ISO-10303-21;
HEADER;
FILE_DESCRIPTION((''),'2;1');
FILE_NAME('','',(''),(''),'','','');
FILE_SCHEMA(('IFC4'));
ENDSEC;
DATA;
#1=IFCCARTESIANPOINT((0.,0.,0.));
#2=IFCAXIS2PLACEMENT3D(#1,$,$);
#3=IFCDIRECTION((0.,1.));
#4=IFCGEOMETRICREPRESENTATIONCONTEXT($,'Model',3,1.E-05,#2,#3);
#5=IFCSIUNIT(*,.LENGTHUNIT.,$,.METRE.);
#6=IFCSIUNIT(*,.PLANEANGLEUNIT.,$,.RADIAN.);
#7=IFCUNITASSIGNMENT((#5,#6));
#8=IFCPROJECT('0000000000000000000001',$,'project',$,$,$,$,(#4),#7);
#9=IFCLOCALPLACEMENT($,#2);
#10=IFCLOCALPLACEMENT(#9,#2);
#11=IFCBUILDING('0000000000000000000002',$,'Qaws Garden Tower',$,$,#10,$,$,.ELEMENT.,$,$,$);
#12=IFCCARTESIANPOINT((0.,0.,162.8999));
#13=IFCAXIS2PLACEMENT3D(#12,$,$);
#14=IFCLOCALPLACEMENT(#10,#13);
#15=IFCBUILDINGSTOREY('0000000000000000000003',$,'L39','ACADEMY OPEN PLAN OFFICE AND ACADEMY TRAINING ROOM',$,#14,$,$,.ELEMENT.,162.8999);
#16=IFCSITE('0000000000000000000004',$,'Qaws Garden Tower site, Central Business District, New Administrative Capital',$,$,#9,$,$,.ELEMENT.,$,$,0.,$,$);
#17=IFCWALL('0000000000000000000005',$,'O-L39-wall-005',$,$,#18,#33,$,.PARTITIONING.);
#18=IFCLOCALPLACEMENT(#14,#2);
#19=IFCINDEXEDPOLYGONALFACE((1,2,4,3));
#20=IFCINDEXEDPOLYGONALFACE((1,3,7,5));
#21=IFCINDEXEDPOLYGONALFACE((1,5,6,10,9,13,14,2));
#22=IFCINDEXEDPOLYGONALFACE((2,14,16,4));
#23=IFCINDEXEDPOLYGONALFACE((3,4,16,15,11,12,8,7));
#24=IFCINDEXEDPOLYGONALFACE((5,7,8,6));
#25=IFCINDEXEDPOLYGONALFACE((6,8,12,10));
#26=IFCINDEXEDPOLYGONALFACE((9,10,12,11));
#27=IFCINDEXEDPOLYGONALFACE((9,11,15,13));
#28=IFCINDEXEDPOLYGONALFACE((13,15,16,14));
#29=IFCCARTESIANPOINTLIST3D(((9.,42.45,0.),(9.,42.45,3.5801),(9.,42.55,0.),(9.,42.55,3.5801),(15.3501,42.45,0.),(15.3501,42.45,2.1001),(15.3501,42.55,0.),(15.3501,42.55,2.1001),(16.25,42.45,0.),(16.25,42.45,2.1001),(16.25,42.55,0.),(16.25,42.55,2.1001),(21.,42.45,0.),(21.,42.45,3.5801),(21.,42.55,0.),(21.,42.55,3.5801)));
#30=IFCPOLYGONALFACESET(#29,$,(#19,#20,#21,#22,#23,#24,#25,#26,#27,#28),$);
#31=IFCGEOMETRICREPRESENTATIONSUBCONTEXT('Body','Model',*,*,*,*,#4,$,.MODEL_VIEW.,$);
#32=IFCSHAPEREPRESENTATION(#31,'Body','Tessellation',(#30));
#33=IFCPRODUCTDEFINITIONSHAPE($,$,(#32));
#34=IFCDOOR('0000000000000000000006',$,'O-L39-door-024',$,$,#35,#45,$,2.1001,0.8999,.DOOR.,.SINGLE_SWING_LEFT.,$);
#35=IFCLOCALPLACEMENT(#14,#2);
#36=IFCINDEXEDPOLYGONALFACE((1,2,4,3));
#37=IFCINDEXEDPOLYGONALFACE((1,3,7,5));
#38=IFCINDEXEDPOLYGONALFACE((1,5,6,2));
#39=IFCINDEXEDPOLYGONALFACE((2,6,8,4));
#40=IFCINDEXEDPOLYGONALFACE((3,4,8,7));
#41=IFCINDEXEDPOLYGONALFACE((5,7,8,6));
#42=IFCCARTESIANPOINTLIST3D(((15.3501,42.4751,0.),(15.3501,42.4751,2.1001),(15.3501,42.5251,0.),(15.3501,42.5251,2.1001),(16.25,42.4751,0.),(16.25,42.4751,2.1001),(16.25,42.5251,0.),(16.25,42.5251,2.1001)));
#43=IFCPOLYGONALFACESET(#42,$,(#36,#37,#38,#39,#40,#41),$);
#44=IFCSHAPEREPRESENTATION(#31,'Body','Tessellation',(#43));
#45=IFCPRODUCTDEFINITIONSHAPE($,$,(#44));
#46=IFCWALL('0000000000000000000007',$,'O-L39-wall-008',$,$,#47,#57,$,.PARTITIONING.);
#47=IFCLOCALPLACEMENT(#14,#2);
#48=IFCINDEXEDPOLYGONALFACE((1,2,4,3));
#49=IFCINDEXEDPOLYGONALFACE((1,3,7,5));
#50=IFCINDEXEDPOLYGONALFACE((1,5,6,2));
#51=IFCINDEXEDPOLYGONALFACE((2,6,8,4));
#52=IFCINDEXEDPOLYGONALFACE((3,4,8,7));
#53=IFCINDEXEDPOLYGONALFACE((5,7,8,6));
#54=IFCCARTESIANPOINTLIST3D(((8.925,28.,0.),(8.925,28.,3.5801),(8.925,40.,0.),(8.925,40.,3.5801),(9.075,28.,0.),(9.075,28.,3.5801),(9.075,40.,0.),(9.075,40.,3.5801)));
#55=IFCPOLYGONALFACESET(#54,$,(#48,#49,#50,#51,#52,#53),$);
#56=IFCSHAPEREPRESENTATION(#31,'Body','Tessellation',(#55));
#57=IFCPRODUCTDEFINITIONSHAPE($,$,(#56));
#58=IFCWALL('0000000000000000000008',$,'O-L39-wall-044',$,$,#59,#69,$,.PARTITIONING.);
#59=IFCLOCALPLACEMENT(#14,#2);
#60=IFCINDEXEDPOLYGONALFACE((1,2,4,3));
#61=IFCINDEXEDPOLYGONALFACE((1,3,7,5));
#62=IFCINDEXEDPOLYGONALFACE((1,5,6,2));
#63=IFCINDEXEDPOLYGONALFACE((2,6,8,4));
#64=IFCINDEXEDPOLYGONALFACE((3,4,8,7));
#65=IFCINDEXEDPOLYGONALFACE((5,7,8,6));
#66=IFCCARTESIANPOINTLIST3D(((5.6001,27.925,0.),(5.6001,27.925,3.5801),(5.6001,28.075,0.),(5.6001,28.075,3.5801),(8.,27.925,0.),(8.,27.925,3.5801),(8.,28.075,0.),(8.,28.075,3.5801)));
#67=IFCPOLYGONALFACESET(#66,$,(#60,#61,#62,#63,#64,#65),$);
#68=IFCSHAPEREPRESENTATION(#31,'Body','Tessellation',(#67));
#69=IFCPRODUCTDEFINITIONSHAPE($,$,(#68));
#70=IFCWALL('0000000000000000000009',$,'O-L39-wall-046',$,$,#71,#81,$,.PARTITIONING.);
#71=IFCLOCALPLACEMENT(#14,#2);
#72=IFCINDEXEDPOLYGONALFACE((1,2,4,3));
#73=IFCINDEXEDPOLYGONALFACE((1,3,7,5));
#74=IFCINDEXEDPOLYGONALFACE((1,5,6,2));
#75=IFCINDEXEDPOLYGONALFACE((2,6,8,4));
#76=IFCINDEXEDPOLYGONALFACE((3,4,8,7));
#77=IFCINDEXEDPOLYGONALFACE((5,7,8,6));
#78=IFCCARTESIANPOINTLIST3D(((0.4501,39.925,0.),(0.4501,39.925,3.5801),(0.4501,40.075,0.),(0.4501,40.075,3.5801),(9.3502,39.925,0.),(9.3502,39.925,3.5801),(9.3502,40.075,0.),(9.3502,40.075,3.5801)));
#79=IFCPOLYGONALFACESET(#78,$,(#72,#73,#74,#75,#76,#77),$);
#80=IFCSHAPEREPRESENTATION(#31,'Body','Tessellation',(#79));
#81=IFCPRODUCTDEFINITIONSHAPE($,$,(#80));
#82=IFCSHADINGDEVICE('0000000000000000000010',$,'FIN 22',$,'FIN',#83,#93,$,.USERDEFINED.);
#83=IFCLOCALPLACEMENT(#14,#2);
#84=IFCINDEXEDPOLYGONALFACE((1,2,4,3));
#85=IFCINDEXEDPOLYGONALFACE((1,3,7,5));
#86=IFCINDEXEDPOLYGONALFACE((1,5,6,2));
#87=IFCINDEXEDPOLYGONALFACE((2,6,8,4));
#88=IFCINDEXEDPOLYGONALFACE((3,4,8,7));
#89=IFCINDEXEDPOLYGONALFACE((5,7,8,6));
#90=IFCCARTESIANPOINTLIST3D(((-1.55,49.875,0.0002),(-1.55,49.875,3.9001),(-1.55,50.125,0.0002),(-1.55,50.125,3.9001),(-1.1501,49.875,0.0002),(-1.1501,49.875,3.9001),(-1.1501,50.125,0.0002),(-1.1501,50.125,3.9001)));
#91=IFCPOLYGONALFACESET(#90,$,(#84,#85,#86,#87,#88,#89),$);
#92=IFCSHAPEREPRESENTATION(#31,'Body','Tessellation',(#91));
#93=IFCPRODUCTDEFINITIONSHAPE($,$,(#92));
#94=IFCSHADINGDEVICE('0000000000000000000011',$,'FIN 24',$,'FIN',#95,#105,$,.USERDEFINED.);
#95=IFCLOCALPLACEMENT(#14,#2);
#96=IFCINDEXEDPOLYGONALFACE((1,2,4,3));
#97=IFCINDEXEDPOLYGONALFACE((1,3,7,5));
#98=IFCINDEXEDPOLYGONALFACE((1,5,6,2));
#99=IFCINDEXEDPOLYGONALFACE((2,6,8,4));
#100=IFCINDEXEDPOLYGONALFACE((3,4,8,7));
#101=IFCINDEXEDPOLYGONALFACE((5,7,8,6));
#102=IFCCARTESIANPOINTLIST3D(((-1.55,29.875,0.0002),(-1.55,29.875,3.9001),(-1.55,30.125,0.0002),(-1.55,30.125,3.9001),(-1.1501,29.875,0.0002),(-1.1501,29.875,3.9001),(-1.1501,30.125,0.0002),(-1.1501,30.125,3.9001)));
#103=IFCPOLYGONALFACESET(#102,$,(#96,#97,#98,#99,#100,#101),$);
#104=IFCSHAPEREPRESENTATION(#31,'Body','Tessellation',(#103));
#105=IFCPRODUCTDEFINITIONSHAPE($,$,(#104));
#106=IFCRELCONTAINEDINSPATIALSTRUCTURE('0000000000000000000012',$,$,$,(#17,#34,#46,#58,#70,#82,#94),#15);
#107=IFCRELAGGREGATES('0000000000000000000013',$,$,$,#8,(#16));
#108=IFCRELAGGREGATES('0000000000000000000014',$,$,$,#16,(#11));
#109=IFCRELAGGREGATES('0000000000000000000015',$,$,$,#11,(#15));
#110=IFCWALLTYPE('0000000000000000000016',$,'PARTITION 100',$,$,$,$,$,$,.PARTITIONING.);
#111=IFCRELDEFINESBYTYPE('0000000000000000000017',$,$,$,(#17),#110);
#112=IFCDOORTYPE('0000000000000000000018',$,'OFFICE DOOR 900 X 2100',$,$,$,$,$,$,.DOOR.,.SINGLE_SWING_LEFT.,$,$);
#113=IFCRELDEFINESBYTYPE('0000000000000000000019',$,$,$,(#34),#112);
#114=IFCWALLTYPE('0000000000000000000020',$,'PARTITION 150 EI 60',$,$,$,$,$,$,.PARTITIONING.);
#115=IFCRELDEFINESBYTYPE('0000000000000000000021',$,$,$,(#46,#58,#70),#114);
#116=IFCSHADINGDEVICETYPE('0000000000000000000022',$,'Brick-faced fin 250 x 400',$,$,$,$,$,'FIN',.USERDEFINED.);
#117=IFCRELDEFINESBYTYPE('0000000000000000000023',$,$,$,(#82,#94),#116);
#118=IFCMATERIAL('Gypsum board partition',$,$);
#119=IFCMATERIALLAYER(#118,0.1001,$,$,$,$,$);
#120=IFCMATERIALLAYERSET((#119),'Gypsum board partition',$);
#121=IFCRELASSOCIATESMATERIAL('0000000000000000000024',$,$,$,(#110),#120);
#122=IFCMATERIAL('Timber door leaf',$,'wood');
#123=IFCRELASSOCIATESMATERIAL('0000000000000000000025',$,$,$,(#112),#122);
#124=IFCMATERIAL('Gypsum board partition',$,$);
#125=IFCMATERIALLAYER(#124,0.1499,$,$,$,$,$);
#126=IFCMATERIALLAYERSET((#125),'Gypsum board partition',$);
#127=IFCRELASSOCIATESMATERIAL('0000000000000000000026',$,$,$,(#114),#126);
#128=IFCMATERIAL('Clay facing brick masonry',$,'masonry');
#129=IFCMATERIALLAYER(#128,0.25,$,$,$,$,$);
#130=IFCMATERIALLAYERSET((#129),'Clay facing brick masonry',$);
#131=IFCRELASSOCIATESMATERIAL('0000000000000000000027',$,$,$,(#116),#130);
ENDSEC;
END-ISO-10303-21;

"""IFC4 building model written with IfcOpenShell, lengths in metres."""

from ifc_helpers import new_model, si_unit, direction, frame, frame_2d, origin, origin_2d, place, context, subcontext, project, spatial, rectangle, extrude, material, layer, layer_set, type_object, element, fill, save


model = new_model("IFC4")

# Units and contexts
model_context = context("Model", 3, precision=1e-05, world=origin(), true_north=direction((0.0, 1.0)))
body_context = subcontext(model_context, "Body", "Model", "MODEL_VIEW")
ifc_project = project(units=[si_unit("LENGTHUNIT", "METRE"), si_unit("PLANEANGLEUNIT", "RADIAN")], contexts=[model_context])

# Site, building, storey
site_placement = place(None, origin())
site = spatial("IfcSite", under=ifc_project, at=site_placement, Name="Qaws Garden Tower site, Central Business District, New Administrative Capital", CompositionType="ELEMENT", RefElevation=0.0)
building_placement = place(site_placement, origin())
building = spatial("IfcBuilding", under=site, at=building_placement, Name="Qaws Garden Tower", CompositionType="ELEMENT")
storey_placement = place(building_placement, frame((0.0, 0.0, 162.8999)))
storey = spatial("IfcBuildingStorey", under=building, at=storey_placement, Name="L39", Description="ACADEMY OPEN PLAN OFFICE AND ACADEMY TRAINING ROOM", CompositionType="ELEMENT", Elevation=162.8999)

# Shared definitions
ifc_material_1 = material(Name="Gypsum board partition")
ifc_layer_1 = layer(ifc_material_1, 0.1001)
ifc_layer_set_1 = layer_set([ifc_layer_1], Name="Gypsum board partition")
wall_type_1 = type_object("IfcWallType", Name="PARTITION 100", PredefinedType="PARTITIONING", material=ifc_layer_set_1)

# Wall, opening, door
wall_1_placement = place(storey_placement, frame((9.0, 42.5, 0.0), z_axis=(0.0, 0.0, 1.0), x_axis=(1.0, 0.0, 0.0)))
wall_1 = element("IfcWall", 1, at=wall_1_placement, inside=storey, type_object=wall_type_1, Name="O-L39-wall-005", PredefinedType="PARTITIONING", context=body_context, shape_type="SweptSolid", body=[
    extrude(rectangle(XDim=12.0, YDim=0.1001, at=frame_2d((6.0, 0.0))), origin(), (0.0, 0.0, 1.0), 3.5801),
])
opening_1_placement = place(wall_1_placement, frame((6.3501, 0.0, 0.0)))
opening_1 = element("IfcOpeningElement", 2, at=opening_1_placement, cuts=wall_1, PredefinedType="OPENING", context=body_context, shape_type="SweptSolid", body=[
    extrude(rectangle(XDim=0.8999, YDim=2.1001, at=frame_2d((0.45, 1.05))), frame((0.0, 0.0601, 0.0), z_axis=(0.0, -1.0, 0.0), x_axis=(1.0, 0.0, 0.0)), (0.0, 0.0, 1.0), 0.1201),
])
ifc_material_2 = material(Name="Timber door leaf", Category="wood")
door_type = type_object("IfcDoorType", Name="OFFICE DOOR 900 X 2100", OperationType="SINGLE_SWING_LEFT", PredefinedType="DOOR", material=ifc_material_2)
door_placement = place(opening_1_placement, frame((0.8999, 0.0, 0.0), z_axis=(0.0, 0.0, 1.0), x_axis=(-1.0, 0.0, 0.0)))
door = element("IfcDoor", 3, at=door_placement, inside=storey, type_object=door_type, Name="O-L39-door-024", OperationType="SINGLE_SWING_LEFT", OverallHeight=2.1001, OverallWidth=0.8999, PredefinedType="DOOR", context=body_context, shape_type="SweptSolid", body=[
    extrude(rectangle(XDim=0.8999, YDim=2.1001, at=frame_2d((0.45, 1.05))), frame((0.0, 0.0249, 0.0), z_axis=(0.0, -1.0, 0.0), x_axis=(1.0, 0.0, 0.0)), (0.0, 0.0, 1.0), 0.05),
])
fill(opening_1, door)

# Walls
ifc_material_3 = material(Name="Gypsum board partition")
ifc_layer_2 = layer(ifc_material_3, 0.1499)
ifc_layer_set_2 = layer_set([ifc_layer_2], Name="Gypsum board partition")
wall_type_2 = type_object("IfcWallType", Name="PARTITION 150 EI 60", PredefinedType="PARTITIONING", material=ifc_layer_set_2)
wall_2_placement = place(storey_placement, frame((9.0, 28.0, 0.0), z_axis=(0.0, 0.0, 1.0), x_axis=(0.0, 1.0, 0.0)))
element("IfcWall", 4, at=wall_2_placement, inside=storey, type_object=wall_type_2, Name="O-L39-wall-008", PredefinedType="PARTITIONING", context=body_context, shape_type="SweptSolid", body=[
    extrude(rectangle(XDim=12.0, YDim=0.1499, at=frame_2d((6.0, 0.0))), origin(), (0.0, 0.0, 1.0), 3.5801),
])
wall_3_placement = place(storey_placement, frame((5.6001, 28.0, 0.0), z_axis=(0.0, 0.0, 1.0), x_axis=(1.0, 0.0, 0.0)))
element("IfcWall", 5, at=wall_3_placement, inside=storey, type_object=wall_type_2, Name="O-L39-wall-044", PredefinedType="PARTITIONING", context=body_context, shape_type="SweptSolid", body=[
    extrude(rectangle(XDim=2.3999, YDim=0.1499, at=frame_2d((1.2, 0.0))), origin(), (0.0, 0.0, 1.0), 3.5801),
])
wall_4_placement = place(storey_placement, frame((0.45, 40.0, 0.0), z_axis=(0.0, 0.0, 1.0), x_axis=(1.0, 0.0, 0.0)))
element("IfcWall", 6, at=wall_4_placement, inside=storey, type_object=wall_type_2, Name="O-L39-wall-046", PredefinedType="PARTITIONING", context=body_context, shape_type="SweptSolid", body=[
    extrude(rectangle(XDim=8.9001, YDim=0.1499, at=frame_2d((4.4502, 0.0))), origin(), (0.0, 0.0, 1.0), 3.5801),
])

# Shading devices
ifc_material_4 = material(Name="Clay facing brick masonry", Category="masonry")
ifc_layer_3 = layer(ifc_material_4, 0.25)
ifc_layer_set_3 = layer_set([ifc_layer_3], Name="Clay facing brick masonry")
shading_device_type = type_object("IfcShadingDeviceType", Name="Brick-faced fin 250 x 400", ElementType="FIN", PredefinedType="USERDEFINED", material=ifc_layer_set_3)
for number, where, z_axis, x_axis, name in (
    (7, (-1.3501, 50.0, 0.0002), (0.0, 0.0, 1.0), (0.0, -1.0, 0.0), "FIN 22"),
    (8, (-1.3501, 30.0, 0.0002), (0.0, 0.0, 1.0), (0.0, -1.0, 0.0), "FIN 24"),
):
    element("IfcShadingDevice", number, at=place(storey_placement, frame(where, z_axis=z_axis, x_axis=x_axis)), inside=storey, type_object=shading_device_type, Name=name, ObjectType="FIN", PredefinedType="USERDEFINED", context=body_context, shape_type="SweptSolid", body=[
        extrude(rectangle(XDim=0.25, YDim=0.3999, at=origin_2d()), origin(), (0.0, 0.0, 1.0), 3.8999),
    ])

save(model, "model.ifc")
